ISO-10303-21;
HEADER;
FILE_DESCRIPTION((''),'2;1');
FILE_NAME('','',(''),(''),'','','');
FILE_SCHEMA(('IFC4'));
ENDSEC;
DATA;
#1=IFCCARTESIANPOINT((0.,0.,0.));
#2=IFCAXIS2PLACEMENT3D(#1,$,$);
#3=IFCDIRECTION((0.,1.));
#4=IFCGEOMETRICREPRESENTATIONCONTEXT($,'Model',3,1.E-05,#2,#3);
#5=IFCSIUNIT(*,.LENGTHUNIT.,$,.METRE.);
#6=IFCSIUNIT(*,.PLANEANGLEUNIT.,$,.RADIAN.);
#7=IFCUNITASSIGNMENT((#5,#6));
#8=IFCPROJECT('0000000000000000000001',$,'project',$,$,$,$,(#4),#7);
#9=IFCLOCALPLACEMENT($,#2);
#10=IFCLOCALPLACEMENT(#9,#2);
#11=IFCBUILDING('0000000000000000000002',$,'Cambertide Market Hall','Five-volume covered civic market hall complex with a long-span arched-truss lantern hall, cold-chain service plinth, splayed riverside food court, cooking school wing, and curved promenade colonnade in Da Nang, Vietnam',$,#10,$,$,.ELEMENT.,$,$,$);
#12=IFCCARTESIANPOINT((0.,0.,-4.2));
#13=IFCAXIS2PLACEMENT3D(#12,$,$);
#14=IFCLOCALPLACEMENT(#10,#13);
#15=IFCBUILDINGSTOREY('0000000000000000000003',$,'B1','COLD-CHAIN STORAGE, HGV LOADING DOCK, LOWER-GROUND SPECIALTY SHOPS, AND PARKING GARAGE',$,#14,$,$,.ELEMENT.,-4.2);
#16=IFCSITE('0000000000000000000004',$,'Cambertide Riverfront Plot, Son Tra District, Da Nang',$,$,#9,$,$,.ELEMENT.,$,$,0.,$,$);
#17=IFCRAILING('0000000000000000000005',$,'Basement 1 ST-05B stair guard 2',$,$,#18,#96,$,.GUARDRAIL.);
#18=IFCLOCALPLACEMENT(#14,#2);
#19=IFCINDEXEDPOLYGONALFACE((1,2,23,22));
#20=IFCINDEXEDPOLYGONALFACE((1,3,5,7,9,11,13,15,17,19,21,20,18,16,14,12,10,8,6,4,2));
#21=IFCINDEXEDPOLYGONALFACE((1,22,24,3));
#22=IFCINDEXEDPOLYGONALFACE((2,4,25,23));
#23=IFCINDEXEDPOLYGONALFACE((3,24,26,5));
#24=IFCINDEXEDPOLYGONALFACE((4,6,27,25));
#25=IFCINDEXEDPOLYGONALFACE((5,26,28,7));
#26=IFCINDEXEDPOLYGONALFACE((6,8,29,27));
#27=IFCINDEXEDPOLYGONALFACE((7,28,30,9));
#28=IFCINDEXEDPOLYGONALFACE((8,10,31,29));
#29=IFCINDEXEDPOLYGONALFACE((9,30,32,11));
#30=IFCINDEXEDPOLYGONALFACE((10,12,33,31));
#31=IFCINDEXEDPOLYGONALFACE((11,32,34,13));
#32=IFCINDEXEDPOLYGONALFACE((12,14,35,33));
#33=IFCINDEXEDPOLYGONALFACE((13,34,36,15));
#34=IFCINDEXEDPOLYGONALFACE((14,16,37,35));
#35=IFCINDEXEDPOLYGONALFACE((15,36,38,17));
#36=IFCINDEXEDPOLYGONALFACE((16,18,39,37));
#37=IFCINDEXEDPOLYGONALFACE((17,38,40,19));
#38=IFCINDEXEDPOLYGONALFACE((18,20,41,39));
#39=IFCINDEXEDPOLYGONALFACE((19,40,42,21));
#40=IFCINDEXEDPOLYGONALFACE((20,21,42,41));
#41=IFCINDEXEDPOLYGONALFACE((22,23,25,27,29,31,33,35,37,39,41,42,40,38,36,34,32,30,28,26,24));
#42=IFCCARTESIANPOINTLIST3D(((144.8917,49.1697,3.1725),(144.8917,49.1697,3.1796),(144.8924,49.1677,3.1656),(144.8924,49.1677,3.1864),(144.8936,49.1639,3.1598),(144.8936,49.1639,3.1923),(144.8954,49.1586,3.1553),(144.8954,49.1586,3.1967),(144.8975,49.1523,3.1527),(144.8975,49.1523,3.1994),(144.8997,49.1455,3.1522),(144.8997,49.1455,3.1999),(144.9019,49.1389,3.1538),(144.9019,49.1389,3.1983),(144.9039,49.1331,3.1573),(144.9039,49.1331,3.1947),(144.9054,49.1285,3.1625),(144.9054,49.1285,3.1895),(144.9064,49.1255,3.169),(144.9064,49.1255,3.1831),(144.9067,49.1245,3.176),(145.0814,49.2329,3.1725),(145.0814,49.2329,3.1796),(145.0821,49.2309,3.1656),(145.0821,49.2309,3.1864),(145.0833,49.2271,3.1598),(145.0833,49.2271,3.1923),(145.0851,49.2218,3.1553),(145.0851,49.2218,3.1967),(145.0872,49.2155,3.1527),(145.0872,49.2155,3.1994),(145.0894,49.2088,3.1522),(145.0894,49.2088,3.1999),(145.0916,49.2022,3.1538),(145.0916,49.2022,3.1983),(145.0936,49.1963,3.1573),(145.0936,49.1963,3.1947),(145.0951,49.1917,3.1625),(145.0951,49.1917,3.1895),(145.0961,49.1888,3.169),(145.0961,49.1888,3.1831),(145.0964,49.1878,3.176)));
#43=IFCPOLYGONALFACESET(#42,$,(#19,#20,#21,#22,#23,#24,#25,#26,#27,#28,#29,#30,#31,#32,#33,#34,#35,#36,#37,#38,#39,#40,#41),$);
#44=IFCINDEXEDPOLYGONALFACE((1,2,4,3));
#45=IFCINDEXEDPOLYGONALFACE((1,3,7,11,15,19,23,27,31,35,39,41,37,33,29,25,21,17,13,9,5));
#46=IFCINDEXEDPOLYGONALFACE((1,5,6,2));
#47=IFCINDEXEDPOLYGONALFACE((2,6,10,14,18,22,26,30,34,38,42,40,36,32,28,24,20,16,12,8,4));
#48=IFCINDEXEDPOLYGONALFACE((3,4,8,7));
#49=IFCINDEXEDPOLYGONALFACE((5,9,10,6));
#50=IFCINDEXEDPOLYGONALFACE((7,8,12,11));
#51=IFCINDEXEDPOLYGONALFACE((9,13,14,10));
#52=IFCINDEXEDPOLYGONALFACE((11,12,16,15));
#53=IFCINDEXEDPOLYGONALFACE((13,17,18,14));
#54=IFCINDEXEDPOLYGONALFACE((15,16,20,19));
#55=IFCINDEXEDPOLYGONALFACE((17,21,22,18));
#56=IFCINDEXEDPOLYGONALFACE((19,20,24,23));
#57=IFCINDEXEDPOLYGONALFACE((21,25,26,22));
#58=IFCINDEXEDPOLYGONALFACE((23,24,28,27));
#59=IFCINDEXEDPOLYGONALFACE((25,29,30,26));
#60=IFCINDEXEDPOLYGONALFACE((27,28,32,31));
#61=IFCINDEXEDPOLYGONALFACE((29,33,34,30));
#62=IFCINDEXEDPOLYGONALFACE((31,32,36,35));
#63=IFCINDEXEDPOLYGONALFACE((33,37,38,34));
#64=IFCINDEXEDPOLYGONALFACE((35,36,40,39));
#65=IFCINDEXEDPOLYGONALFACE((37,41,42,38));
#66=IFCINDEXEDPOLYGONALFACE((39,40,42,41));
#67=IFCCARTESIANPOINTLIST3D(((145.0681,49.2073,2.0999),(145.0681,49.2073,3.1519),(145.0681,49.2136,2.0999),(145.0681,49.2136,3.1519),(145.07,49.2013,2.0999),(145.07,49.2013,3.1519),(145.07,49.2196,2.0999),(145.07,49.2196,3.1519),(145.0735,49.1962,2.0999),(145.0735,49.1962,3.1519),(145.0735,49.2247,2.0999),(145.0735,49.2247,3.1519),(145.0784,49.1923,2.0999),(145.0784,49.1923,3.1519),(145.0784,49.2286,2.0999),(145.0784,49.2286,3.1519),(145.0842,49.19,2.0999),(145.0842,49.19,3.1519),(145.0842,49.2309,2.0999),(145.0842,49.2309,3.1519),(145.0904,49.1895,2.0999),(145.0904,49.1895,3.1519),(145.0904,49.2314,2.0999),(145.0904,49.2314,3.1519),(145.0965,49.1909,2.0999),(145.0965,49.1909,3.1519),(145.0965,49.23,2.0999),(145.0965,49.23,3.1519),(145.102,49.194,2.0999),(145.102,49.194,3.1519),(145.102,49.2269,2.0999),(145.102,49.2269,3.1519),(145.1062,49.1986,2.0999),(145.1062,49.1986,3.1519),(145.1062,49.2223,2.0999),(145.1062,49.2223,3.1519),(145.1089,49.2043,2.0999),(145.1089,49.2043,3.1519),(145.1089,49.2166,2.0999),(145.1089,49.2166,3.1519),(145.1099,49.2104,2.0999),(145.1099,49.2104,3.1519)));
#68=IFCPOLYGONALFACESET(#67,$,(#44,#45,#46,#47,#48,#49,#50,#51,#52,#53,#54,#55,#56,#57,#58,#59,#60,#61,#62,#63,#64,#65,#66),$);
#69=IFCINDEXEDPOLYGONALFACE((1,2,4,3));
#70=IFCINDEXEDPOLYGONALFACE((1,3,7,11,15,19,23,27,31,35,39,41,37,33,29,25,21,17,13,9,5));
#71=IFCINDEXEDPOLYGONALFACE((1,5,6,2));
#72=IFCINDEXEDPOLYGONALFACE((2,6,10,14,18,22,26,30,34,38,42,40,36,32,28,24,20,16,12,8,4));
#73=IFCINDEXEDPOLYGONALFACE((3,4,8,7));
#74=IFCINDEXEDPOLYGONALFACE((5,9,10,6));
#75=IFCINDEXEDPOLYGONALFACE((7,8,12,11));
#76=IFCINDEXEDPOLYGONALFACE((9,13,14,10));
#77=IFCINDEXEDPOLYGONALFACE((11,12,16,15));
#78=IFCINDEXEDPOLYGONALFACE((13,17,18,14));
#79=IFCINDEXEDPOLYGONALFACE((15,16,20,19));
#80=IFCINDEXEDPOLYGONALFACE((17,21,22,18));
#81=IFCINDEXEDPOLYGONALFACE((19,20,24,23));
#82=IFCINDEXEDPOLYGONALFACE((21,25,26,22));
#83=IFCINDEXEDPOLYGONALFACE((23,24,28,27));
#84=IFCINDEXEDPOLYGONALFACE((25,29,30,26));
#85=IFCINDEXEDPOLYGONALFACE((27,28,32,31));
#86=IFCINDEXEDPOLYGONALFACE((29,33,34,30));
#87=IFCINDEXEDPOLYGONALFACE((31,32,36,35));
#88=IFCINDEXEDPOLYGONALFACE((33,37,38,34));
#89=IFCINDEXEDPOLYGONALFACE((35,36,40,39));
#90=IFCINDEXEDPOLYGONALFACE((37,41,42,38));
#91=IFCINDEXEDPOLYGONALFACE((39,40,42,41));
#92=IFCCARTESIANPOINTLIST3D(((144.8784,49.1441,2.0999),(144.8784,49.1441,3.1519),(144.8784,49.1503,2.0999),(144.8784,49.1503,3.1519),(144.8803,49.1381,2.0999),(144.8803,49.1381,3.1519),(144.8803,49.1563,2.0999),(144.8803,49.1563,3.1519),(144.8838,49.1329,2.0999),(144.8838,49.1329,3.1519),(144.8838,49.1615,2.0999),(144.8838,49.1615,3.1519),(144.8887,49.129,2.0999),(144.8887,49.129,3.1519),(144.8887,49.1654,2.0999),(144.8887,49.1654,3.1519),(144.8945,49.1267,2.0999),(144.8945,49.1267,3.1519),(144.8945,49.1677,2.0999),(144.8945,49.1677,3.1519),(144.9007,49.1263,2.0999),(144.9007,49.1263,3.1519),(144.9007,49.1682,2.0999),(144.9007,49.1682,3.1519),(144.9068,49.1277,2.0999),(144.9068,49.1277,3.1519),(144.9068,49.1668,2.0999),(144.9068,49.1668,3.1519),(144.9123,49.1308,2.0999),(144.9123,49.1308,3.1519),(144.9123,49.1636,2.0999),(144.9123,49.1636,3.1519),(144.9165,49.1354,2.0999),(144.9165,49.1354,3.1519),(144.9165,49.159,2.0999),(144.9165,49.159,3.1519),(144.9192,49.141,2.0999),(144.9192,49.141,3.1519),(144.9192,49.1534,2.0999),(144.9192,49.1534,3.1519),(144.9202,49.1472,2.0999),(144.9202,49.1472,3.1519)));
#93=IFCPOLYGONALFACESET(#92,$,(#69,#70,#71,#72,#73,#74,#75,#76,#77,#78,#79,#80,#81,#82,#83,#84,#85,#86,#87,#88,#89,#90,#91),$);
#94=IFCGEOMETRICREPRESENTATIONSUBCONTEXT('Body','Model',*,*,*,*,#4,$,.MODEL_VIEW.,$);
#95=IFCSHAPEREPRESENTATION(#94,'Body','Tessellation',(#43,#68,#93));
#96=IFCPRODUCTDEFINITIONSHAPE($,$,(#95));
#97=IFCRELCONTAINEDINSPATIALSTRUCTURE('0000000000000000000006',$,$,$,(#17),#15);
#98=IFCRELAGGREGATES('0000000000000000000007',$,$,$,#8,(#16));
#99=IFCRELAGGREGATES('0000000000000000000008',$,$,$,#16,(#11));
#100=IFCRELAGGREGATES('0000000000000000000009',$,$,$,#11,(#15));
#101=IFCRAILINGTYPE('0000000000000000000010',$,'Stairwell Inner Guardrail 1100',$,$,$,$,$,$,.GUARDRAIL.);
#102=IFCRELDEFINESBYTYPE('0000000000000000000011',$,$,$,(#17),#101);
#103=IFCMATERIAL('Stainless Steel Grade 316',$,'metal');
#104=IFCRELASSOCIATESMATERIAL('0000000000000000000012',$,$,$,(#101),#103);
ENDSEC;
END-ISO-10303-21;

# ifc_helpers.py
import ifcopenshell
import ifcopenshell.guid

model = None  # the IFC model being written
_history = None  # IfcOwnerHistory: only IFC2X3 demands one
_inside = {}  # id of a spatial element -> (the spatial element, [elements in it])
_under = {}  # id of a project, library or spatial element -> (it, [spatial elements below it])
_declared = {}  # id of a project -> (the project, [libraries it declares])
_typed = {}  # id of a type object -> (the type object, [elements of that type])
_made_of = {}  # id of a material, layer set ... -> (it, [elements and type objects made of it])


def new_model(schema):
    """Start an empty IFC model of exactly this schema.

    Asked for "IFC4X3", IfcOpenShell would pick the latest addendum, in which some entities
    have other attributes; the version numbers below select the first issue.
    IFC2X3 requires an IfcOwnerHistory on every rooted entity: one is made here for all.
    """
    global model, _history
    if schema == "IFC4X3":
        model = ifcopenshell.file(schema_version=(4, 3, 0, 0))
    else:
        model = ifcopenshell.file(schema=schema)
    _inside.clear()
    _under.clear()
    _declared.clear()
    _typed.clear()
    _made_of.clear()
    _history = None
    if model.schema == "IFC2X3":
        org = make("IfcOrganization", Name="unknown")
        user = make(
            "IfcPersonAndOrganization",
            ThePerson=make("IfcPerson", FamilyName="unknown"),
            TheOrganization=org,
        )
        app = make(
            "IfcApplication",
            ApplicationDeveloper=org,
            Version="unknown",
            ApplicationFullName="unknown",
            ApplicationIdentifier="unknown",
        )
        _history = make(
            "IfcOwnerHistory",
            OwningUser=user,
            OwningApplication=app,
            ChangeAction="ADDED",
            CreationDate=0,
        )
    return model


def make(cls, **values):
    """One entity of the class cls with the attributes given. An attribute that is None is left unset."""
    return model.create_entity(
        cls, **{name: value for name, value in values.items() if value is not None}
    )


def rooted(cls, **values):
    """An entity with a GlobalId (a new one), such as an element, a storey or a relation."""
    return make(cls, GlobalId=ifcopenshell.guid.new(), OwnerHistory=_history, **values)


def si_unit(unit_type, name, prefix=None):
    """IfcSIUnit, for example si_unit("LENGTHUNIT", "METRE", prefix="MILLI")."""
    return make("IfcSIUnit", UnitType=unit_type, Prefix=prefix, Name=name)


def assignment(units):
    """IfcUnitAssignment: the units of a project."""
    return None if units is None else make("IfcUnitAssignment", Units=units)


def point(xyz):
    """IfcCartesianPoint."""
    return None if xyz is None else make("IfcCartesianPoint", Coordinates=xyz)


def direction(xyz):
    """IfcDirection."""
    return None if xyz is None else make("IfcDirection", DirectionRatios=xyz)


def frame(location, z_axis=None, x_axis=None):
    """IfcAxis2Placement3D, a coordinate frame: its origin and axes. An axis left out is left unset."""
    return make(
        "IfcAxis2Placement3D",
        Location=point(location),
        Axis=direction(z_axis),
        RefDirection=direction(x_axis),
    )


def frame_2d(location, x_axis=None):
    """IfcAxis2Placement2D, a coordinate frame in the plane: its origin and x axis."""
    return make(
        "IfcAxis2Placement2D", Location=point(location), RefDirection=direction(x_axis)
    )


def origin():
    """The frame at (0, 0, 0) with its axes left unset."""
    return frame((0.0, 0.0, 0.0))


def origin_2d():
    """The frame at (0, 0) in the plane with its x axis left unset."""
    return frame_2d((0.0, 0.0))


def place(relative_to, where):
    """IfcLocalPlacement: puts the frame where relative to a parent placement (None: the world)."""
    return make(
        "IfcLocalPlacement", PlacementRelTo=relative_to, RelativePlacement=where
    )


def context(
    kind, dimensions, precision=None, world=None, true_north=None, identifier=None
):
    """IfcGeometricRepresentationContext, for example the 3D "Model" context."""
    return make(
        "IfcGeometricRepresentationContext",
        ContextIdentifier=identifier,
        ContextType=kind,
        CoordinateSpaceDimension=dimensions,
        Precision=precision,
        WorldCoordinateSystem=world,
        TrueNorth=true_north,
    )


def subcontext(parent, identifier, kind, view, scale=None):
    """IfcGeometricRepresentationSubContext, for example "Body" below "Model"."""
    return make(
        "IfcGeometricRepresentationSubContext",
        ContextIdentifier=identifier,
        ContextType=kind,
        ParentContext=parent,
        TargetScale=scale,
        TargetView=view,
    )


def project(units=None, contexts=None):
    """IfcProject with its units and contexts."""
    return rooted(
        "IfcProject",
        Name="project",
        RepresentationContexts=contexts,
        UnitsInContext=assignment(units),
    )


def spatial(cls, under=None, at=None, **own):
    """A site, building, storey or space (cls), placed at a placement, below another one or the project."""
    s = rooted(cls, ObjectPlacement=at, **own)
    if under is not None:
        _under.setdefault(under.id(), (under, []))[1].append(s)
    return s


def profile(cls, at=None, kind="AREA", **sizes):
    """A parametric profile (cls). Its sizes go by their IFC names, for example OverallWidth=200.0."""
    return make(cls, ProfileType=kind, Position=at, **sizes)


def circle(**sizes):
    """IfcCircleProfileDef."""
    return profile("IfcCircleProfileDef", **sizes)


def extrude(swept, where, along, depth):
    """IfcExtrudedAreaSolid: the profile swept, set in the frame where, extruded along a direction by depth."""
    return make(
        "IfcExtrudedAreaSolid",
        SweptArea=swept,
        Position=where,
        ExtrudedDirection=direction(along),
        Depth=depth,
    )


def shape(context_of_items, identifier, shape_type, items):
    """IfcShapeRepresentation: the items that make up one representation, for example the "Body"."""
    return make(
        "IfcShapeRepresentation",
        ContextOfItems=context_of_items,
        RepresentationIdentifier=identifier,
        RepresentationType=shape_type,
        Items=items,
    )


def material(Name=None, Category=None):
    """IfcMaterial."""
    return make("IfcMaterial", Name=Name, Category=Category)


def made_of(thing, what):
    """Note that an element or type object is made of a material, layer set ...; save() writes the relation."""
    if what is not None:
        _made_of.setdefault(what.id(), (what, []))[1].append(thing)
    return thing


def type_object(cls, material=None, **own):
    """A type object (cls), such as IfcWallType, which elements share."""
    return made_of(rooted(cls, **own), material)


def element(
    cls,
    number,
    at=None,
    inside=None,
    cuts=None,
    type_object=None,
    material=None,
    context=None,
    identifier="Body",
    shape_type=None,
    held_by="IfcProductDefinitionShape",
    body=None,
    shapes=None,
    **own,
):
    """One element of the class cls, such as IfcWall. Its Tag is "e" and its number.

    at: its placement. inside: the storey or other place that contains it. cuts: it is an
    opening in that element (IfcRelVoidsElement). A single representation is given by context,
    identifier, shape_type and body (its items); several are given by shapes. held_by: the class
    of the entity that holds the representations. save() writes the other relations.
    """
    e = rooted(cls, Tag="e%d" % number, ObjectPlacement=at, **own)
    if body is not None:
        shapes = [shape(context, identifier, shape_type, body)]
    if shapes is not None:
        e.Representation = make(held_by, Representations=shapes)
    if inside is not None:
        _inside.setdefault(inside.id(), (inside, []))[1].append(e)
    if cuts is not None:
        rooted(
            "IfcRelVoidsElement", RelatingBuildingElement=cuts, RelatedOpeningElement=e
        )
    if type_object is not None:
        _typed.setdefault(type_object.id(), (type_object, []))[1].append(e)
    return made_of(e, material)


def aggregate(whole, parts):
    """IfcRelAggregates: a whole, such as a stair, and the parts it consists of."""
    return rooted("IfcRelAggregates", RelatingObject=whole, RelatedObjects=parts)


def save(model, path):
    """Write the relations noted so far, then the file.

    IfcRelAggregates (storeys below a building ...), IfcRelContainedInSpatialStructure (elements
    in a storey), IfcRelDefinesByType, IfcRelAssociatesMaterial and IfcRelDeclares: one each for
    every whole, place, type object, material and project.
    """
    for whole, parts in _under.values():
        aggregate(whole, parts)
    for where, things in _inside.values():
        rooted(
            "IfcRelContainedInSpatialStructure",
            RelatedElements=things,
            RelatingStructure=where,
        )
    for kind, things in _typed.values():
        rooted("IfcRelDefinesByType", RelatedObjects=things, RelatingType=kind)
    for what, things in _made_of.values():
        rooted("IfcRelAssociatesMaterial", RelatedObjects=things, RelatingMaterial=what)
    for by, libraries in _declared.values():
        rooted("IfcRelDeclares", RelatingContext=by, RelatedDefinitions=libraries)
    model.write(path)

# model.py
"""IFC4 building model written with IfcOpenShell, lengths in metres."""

from ifc_helpers import new_model, si_unit, direction, frame, origin, origin_2d, place, context, subcontext, project, spatial, circle, extrude, material, type_object, element, save


model = new_model("IFC4")

# Units and contexts
model_context = context("Model", 3, precision=1e-05, world=origin(), true_north=direction((0.0, 1.0)))
body_context = subcontext(model_context, "Body", "Model", "MODEL_VIEW")
ifc_project = project(units=[si_unit("LENGTHUNIT", "METRE"), si_unit("PLANEANGLEUNIT", "RADIAN")], contexts=[model_context])

# Site, building, storey
site_placement = place(None, origin())
site = spatial("IfcSite", under=ifc_project, at=site_placement, Name="Cambertide Riverfront Plot, Son Tra District, Da Nang", CompositionType="ELEMENT", RefElevation=0.0)
building_placement = place(site_placement, origin())
building = spatial("IfcBuilding", under=site, at=building_placement, Name="Cambertide Market Hall", Description="Five-volume covered civic market hall complex with a long-span arched-truss lantern hall, cold-chain service plinth, splayed riverside food court, cooking school wing, and curved promenade colonnade in Da Nang, Vietnam", CompositionType="ELEMENT")
storey_placement = place(building_placement, frame((0.0, 0.0, -4.2)))
storey = spatial("IfcBuildingStorey", under=building, at=storey_placement, Name="B1", Description="COLD-CHAIN STORAGE, HGV LOADING DOCK, LOWER-GROUND SPECIALTY SHOPS, AND PARKING GARAGE", CompositionType="ELEMENT", Elevation=-4.2)

# Railing
ifc_material_1 = material(Name="Stainless Steel Grade 316", Category="metal")
railing_type_1 = type_object("IfcRailingType", Name="Stairwell Inner Guardrail 1100", PredefinedType="GUARDRAIL", material=ifc_material_1)
railing_1_placement = place(storey_placement, frame((145.0889, 49.2104, 2.0999)))
element("IfcRailing", 1, at=railing_1_placement, inside=storey, type_object=railing_type_1, Name="Basement 1 ST-05B stair guard 2", PredefinedType="GUARDRAIL", context=body_context, shape_type="SweptSolid", body=[
    extrude(circle(Radius=0.0239, at=origin_2d()), frame((0.0, 0.0, 1.0762), z_axis=(-0.948683, -0.316228, 0.0), x_axis=(0.316228, -0.948683, 0.0)), (0.0, 0.0, 1.0), 0.2),
    extrude(circle(Radius=0.021, at=origin_2d()), origin(), (0.0, 0.0, 1.0), 1.052),
    extrude(circle(Radius=0.021, at=origin_2d()), frame((-0.1897, -0.0632, 0.0)), (0.0, 0.0, 1.0), 1.052),
])

save(model, "model.ifc")
